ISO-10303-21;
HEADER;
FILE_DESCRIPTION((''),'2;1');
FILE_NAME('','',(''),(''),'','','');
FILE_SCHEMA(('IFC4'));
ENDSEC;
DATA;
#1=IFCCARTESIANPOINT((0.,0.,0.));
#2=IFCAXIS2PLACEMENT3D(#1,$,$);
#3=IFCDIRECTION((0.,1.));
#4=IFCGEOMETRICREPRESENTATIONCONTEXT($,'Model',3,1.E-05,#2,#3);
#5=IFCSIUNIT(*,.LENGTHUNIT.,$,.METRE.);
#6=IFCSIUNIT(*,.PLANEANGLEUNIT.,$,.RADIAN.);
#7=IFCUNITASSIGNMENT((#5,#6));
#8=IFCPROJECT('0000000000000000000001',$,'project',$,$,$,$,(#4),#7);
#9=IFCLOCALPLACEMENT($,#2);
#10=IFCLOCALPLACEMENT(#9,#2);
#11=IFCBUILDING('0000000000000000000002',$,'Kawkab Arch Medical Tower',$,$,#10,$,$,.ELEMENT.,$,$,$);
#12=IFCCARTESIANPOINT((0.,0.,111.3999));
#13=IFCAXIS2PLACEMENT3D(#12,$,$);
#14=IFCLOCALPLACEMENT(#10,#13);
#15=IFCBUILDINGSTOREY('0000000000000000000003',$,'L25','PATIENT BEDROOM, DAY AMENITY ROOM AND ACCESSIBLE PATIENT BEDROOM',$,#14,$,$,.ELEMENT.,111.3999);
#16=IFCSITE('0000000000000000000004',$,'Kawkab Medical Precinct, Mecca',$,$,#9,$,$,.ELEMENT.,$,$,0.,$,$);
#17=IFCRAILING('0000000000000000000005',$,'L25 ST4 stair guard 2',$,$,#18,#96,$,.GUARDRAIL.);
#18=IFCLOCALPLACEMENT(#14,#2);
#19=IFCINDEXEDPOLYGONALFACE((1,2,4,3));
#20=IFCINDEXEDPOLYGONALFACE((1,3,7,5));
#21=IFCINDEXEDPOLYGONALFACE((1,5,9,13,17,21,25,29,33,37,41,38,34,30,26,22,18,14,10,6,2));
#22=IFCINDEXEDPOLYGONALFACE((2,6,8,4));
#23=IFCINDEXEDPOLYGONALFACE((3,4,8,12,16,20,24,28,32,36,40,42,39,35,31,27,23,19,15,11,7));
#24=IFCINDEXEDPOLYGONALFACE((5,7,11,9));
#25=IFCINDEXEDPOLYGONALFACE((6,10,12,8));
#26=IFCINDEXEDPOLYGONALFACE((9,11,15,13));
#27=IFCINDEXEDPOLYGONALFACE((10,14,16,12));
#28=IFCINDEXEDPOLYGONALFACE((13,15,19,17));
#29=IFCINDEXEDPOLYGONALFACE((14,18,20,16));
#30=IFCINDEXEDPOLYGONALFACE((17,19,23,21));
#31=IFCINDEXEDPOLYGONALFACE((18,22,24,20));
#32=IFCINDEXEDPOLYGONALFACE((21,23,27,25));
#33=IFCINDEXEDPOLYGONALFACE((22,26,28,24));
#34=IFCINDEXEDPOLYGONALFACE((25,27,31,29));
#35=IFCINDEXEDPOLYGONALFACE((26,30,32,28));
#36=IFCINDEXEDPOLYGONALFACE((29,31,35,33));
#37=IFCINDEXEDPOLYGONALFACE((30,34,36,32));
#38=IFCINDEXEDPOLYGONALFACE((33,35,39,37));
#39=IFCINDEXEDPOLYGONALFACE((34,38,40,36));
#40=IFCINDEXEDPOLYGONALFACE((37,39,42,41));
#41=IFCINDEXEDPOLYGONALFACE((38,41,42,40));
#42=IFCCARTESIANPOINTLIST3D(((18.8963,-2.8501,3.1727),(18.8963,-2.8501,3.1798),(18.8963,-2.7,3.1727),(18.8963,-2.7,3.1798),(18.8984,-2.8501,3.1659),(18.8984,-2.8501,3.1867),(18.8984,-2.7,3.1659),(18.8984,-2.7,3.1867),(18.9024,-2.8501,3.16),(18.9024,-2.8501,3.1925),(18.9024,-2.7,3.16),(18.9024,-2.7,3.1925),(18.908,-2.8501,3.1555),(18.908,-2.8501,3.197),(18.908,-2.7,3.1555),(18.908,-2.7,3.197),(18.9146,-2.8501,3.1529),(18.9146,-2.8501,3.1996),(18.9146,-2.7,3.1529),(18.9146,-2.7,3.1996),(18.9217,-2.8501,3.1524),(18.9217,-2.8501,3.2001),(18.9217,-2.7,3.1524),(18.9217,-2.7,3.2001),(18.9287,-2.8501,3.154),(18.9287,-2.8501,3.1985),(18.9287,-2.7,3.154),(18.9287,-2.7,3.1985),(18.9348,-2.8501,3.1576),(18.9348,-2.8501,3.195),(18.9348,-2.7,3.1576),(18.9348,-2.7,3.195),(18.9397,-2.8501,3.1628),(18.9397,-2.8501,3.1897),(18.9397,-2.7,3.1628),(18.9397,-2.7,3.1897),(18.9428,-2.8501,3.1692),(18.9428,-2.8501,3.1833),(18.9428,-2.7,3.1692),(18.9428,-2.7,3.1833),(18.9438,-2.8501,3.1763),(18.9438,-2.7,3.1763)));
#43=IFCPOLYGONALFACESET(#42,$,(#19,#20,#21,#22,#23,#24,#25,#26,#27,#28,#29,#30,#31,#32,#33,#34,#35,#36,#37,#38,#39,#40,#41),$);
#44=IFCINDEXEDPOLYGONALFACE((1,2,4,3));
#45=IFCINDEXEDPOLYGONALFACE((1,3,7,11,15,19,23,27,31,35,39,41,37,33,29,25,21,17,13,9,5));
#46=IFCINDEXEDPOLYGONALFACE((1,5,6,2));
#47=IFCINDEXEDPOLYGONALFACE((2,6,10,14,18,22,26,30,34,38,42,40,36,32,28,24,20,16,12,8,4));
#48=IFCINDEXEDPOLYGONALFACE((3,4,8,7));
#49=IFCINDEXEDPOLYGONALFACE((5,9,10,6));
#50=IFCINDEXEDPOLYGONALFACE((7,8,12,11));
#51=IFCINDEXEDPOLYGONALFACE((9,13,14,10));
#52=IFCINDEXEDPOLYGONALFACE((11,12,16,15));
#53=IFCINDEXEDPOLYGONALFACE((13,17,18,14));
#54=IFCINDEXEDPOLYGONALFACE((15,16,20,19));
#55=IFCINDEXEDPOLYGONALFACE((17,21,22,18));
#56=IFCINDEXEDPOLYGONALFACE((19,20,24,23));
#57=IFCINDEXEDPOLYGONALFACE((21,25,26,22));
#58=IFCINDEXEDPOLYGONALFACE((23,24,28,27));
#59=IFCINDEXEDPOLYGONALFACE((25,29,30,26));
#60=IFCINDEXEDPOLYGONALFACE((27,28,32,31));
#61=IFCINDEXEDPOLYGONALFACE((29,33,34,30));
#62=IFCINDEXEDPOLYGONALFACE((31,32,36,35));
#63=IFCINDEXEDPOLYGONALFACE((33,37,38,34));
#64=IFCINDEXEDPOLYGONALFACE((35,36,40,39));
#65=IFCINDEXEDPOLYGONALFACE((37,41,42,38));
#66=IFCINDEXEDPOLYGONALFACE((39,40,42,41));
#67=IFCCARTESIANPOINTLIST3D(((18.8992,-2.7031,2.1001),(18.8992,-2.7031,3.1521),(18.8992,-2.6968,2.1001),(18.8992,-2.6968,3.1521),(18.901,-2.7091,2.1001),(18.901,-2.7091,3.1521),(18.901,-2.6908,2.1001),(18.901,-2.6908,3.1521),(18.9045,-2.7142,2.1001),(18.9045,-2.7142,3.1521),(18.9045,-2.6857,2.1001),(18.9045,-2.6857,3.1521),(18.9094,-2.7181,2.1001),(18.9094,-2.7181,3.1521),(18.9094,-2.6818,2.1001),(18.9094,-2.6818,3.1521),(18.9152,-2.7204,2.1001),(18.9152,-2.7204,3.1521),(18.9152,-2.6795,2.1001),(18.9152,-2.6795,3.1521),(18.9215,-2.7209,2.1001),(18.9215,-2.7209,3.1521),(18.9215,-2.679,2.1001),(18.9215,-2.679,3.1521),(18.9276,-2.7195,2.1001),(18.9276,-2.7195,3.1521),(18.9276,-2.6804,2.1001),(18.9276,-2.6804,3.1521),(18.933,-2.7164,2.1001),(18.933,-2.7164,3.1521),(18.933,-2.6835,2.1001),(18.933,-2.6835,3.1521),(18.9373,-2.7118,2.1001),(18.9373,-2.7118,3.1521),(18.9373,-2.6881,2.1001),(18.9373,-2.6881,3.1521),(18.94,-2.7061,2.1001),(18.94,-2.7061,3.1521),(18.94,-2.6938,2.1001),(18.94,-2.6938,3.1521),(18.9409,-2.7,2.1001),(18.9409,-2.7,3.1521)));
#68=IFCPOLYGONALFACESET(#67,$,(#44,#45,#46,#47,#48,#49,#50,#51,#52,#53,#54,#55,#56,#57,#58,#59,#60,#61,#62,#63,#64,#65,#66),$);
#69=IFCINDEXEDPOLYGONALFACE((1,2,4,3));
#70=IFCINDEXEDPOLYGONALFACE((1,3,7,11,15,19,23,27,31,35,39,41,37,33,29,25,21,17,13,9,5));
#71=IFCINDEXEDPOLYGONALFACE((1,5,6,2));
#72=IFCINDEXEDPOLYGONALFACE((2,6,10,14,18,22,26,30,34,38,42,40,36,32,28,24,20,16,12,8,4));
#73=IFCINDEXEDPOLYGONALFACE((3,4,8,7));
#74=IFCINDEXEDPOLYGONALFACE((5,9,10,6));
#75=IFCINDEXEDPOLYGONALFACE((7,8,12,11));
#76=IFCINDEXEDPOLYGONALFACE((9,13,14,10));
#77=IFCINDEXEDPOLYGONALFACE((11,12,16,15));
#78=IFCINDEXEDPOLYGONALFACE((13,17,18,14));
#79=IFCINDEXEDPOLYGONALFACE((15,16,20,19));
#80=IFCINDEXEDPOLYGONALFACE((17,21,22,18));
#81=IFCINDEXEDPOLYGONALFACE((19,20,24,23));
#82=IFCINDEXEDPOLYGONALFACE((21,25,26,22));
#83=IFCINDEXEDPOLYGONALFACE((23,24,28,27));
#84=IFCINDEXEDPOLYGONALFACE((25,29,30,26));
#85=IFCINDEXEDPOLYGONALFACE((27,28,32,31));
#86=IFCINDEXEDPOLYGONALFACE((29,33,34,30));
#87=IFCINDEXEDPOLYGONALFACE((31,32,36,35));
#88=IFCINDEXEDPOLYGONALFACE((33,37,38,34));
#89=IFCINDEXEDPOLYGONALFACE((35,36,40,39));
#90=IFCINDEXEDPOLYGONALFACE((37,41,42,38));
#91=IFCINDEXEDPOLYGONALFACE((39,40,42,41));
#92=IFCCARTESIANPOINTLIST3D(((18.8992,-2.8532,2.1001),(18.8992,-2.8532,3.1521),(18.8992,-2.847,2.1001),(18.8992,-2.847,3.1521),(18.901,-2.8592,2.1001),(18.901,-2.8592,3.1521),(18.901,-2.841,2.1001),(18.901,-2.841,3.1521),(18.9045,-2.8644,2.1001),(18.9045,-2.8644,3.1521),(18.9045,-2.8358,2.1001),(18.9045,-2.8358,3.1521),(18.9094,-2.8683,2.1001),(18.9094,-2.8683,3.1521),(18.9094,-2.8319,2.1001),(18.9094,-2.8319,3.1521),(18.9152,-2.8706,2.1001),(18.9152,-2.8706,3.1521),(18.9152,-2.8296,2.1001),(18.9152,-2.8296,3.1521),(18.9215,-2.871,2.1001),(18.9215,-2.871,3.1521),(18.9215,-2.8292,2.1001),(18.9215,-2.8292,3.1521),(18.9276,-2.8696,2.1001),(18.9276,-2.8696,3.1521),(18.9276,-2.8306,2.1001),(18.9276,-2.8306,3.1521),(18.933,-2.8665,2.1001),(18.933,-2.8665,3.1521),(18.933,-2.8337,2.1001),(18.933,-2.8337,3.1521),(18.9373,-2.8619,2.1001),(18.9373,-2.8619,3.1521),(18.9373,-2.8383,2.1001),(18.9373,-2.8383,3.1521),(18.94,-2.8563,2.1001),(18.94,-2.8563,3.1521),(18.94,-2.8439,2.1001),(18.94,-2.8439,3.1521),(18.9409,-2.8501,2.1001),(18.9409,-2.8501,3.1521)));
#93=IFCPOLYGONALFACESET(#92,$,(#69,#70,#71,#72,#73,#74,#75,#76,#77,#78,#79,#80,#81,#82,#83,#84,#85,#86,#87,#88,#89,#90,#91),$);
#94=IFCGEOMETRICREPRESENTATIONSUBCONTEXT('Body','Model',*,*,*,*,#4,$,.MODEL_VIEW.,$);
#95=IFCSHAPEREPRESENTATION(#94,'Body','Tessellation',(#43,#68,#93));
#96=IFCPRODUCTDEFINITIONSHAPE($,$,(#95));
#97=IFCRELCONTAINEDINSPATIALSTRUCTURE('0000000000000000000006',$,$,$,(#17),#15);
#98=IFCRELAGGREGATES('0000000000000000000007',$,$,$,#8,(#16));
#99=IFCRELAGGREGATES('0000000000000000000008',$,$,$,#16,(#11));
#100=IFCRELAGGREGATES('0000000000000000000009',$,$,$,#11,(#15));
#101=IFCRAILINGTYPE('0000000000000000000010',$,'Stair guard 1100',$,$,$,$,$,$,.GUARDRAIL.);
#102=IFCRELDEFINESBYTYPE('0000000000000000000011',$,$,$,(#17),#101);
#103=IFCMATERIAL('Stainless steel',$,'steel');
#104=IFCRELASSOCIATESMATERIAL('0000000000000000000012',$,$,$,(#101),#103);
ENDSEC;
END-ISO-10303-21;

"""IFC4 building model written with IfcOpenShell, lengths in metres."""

from ifc_helpers import new_model, si_unit, direction, frame, origin, origin_2d, place, context, subcontext, project, spatial, circle, extrude, material, type_object, element, save


model = new_model("IFC4")

# Units and contexts
model_context = context("Model", 3, precision=1e-05, world=origin(), true_north=direction((0.0, 1.0)))
body_context = subcontext(model_context, "Body", "Model", "MODEL_VIEW")
ifc_project = project(units=[si_unit("LENGTHUNIT", "METRE"), si_unit("PLANEANGLEUNIT", "RADIAN")], contexts=[model_context])

# Site, building, storey
site_placement = place(None, origin())
site = spatial("IfcSite", under=ifc_project, at=site_placement, Name="Kawkab Medical Precinct, Mecca", CompositionType="ELEMENT", RefElevation=0.0)
building_placement = place(site_placement, origin())
building = spatial("IfcBuilding", under=site, at=building_placement, Name="Kawkab Arch Medical Tower", CompositionType="ELEMENT")
storey_placement = place(building_placement, frame((0.0, 0.0, 111.3999)))
storey = spatial("IfcBuildingStorey", under=building, at=storey_placement, Name="L25", Description="PATIENT BEDROOM, DAY AMENITY ROOM AND ACCESSIBLE PATIENT BEDROOM", CompositionType="ELEMENT", Elevation=111.3999)

# Railing
ifc_material_1 = material(Name="Stainless steel", Category="steel")
railing_type = type_object("IfcRailingType", Name="Stair guard 1100", PredefinedType="GUARDRAIL", material=ifc_material_1)
railing_1_placement = place(storey_placement, frame((18.9199, -2.7, 2.1001)))
element("IfcRailing", 1, at=railing_1_placement, inside=storey, type_object=railing_type, Name="L25 ST4 stair guard 2", PredefinedType="GUARDRAIL", context=body_context, shape_type="SweptSolid", body=[
    extrude(circle(Radius=0.0239, at=origin_2d()), frame((0.0, 0.0, 1.0762), z_axis=(0.0, -1.0, 0.0), x_axis=(1.0, 0.0, 0.0)), (0.0, 0.0, 1.0), 0.1501),
    extrude(circle(Radius=0.021, at=origin_2d()), origin(), (0.0, 0.0, 1.0), 1.052),
    extrude(circle(Radius=0.021, at=origin_2d()), frame((0.0, -0.1501, 0.0)), (0.0, 0.0, 1.0), 1.052),
])

save(model, "model.ifc")
